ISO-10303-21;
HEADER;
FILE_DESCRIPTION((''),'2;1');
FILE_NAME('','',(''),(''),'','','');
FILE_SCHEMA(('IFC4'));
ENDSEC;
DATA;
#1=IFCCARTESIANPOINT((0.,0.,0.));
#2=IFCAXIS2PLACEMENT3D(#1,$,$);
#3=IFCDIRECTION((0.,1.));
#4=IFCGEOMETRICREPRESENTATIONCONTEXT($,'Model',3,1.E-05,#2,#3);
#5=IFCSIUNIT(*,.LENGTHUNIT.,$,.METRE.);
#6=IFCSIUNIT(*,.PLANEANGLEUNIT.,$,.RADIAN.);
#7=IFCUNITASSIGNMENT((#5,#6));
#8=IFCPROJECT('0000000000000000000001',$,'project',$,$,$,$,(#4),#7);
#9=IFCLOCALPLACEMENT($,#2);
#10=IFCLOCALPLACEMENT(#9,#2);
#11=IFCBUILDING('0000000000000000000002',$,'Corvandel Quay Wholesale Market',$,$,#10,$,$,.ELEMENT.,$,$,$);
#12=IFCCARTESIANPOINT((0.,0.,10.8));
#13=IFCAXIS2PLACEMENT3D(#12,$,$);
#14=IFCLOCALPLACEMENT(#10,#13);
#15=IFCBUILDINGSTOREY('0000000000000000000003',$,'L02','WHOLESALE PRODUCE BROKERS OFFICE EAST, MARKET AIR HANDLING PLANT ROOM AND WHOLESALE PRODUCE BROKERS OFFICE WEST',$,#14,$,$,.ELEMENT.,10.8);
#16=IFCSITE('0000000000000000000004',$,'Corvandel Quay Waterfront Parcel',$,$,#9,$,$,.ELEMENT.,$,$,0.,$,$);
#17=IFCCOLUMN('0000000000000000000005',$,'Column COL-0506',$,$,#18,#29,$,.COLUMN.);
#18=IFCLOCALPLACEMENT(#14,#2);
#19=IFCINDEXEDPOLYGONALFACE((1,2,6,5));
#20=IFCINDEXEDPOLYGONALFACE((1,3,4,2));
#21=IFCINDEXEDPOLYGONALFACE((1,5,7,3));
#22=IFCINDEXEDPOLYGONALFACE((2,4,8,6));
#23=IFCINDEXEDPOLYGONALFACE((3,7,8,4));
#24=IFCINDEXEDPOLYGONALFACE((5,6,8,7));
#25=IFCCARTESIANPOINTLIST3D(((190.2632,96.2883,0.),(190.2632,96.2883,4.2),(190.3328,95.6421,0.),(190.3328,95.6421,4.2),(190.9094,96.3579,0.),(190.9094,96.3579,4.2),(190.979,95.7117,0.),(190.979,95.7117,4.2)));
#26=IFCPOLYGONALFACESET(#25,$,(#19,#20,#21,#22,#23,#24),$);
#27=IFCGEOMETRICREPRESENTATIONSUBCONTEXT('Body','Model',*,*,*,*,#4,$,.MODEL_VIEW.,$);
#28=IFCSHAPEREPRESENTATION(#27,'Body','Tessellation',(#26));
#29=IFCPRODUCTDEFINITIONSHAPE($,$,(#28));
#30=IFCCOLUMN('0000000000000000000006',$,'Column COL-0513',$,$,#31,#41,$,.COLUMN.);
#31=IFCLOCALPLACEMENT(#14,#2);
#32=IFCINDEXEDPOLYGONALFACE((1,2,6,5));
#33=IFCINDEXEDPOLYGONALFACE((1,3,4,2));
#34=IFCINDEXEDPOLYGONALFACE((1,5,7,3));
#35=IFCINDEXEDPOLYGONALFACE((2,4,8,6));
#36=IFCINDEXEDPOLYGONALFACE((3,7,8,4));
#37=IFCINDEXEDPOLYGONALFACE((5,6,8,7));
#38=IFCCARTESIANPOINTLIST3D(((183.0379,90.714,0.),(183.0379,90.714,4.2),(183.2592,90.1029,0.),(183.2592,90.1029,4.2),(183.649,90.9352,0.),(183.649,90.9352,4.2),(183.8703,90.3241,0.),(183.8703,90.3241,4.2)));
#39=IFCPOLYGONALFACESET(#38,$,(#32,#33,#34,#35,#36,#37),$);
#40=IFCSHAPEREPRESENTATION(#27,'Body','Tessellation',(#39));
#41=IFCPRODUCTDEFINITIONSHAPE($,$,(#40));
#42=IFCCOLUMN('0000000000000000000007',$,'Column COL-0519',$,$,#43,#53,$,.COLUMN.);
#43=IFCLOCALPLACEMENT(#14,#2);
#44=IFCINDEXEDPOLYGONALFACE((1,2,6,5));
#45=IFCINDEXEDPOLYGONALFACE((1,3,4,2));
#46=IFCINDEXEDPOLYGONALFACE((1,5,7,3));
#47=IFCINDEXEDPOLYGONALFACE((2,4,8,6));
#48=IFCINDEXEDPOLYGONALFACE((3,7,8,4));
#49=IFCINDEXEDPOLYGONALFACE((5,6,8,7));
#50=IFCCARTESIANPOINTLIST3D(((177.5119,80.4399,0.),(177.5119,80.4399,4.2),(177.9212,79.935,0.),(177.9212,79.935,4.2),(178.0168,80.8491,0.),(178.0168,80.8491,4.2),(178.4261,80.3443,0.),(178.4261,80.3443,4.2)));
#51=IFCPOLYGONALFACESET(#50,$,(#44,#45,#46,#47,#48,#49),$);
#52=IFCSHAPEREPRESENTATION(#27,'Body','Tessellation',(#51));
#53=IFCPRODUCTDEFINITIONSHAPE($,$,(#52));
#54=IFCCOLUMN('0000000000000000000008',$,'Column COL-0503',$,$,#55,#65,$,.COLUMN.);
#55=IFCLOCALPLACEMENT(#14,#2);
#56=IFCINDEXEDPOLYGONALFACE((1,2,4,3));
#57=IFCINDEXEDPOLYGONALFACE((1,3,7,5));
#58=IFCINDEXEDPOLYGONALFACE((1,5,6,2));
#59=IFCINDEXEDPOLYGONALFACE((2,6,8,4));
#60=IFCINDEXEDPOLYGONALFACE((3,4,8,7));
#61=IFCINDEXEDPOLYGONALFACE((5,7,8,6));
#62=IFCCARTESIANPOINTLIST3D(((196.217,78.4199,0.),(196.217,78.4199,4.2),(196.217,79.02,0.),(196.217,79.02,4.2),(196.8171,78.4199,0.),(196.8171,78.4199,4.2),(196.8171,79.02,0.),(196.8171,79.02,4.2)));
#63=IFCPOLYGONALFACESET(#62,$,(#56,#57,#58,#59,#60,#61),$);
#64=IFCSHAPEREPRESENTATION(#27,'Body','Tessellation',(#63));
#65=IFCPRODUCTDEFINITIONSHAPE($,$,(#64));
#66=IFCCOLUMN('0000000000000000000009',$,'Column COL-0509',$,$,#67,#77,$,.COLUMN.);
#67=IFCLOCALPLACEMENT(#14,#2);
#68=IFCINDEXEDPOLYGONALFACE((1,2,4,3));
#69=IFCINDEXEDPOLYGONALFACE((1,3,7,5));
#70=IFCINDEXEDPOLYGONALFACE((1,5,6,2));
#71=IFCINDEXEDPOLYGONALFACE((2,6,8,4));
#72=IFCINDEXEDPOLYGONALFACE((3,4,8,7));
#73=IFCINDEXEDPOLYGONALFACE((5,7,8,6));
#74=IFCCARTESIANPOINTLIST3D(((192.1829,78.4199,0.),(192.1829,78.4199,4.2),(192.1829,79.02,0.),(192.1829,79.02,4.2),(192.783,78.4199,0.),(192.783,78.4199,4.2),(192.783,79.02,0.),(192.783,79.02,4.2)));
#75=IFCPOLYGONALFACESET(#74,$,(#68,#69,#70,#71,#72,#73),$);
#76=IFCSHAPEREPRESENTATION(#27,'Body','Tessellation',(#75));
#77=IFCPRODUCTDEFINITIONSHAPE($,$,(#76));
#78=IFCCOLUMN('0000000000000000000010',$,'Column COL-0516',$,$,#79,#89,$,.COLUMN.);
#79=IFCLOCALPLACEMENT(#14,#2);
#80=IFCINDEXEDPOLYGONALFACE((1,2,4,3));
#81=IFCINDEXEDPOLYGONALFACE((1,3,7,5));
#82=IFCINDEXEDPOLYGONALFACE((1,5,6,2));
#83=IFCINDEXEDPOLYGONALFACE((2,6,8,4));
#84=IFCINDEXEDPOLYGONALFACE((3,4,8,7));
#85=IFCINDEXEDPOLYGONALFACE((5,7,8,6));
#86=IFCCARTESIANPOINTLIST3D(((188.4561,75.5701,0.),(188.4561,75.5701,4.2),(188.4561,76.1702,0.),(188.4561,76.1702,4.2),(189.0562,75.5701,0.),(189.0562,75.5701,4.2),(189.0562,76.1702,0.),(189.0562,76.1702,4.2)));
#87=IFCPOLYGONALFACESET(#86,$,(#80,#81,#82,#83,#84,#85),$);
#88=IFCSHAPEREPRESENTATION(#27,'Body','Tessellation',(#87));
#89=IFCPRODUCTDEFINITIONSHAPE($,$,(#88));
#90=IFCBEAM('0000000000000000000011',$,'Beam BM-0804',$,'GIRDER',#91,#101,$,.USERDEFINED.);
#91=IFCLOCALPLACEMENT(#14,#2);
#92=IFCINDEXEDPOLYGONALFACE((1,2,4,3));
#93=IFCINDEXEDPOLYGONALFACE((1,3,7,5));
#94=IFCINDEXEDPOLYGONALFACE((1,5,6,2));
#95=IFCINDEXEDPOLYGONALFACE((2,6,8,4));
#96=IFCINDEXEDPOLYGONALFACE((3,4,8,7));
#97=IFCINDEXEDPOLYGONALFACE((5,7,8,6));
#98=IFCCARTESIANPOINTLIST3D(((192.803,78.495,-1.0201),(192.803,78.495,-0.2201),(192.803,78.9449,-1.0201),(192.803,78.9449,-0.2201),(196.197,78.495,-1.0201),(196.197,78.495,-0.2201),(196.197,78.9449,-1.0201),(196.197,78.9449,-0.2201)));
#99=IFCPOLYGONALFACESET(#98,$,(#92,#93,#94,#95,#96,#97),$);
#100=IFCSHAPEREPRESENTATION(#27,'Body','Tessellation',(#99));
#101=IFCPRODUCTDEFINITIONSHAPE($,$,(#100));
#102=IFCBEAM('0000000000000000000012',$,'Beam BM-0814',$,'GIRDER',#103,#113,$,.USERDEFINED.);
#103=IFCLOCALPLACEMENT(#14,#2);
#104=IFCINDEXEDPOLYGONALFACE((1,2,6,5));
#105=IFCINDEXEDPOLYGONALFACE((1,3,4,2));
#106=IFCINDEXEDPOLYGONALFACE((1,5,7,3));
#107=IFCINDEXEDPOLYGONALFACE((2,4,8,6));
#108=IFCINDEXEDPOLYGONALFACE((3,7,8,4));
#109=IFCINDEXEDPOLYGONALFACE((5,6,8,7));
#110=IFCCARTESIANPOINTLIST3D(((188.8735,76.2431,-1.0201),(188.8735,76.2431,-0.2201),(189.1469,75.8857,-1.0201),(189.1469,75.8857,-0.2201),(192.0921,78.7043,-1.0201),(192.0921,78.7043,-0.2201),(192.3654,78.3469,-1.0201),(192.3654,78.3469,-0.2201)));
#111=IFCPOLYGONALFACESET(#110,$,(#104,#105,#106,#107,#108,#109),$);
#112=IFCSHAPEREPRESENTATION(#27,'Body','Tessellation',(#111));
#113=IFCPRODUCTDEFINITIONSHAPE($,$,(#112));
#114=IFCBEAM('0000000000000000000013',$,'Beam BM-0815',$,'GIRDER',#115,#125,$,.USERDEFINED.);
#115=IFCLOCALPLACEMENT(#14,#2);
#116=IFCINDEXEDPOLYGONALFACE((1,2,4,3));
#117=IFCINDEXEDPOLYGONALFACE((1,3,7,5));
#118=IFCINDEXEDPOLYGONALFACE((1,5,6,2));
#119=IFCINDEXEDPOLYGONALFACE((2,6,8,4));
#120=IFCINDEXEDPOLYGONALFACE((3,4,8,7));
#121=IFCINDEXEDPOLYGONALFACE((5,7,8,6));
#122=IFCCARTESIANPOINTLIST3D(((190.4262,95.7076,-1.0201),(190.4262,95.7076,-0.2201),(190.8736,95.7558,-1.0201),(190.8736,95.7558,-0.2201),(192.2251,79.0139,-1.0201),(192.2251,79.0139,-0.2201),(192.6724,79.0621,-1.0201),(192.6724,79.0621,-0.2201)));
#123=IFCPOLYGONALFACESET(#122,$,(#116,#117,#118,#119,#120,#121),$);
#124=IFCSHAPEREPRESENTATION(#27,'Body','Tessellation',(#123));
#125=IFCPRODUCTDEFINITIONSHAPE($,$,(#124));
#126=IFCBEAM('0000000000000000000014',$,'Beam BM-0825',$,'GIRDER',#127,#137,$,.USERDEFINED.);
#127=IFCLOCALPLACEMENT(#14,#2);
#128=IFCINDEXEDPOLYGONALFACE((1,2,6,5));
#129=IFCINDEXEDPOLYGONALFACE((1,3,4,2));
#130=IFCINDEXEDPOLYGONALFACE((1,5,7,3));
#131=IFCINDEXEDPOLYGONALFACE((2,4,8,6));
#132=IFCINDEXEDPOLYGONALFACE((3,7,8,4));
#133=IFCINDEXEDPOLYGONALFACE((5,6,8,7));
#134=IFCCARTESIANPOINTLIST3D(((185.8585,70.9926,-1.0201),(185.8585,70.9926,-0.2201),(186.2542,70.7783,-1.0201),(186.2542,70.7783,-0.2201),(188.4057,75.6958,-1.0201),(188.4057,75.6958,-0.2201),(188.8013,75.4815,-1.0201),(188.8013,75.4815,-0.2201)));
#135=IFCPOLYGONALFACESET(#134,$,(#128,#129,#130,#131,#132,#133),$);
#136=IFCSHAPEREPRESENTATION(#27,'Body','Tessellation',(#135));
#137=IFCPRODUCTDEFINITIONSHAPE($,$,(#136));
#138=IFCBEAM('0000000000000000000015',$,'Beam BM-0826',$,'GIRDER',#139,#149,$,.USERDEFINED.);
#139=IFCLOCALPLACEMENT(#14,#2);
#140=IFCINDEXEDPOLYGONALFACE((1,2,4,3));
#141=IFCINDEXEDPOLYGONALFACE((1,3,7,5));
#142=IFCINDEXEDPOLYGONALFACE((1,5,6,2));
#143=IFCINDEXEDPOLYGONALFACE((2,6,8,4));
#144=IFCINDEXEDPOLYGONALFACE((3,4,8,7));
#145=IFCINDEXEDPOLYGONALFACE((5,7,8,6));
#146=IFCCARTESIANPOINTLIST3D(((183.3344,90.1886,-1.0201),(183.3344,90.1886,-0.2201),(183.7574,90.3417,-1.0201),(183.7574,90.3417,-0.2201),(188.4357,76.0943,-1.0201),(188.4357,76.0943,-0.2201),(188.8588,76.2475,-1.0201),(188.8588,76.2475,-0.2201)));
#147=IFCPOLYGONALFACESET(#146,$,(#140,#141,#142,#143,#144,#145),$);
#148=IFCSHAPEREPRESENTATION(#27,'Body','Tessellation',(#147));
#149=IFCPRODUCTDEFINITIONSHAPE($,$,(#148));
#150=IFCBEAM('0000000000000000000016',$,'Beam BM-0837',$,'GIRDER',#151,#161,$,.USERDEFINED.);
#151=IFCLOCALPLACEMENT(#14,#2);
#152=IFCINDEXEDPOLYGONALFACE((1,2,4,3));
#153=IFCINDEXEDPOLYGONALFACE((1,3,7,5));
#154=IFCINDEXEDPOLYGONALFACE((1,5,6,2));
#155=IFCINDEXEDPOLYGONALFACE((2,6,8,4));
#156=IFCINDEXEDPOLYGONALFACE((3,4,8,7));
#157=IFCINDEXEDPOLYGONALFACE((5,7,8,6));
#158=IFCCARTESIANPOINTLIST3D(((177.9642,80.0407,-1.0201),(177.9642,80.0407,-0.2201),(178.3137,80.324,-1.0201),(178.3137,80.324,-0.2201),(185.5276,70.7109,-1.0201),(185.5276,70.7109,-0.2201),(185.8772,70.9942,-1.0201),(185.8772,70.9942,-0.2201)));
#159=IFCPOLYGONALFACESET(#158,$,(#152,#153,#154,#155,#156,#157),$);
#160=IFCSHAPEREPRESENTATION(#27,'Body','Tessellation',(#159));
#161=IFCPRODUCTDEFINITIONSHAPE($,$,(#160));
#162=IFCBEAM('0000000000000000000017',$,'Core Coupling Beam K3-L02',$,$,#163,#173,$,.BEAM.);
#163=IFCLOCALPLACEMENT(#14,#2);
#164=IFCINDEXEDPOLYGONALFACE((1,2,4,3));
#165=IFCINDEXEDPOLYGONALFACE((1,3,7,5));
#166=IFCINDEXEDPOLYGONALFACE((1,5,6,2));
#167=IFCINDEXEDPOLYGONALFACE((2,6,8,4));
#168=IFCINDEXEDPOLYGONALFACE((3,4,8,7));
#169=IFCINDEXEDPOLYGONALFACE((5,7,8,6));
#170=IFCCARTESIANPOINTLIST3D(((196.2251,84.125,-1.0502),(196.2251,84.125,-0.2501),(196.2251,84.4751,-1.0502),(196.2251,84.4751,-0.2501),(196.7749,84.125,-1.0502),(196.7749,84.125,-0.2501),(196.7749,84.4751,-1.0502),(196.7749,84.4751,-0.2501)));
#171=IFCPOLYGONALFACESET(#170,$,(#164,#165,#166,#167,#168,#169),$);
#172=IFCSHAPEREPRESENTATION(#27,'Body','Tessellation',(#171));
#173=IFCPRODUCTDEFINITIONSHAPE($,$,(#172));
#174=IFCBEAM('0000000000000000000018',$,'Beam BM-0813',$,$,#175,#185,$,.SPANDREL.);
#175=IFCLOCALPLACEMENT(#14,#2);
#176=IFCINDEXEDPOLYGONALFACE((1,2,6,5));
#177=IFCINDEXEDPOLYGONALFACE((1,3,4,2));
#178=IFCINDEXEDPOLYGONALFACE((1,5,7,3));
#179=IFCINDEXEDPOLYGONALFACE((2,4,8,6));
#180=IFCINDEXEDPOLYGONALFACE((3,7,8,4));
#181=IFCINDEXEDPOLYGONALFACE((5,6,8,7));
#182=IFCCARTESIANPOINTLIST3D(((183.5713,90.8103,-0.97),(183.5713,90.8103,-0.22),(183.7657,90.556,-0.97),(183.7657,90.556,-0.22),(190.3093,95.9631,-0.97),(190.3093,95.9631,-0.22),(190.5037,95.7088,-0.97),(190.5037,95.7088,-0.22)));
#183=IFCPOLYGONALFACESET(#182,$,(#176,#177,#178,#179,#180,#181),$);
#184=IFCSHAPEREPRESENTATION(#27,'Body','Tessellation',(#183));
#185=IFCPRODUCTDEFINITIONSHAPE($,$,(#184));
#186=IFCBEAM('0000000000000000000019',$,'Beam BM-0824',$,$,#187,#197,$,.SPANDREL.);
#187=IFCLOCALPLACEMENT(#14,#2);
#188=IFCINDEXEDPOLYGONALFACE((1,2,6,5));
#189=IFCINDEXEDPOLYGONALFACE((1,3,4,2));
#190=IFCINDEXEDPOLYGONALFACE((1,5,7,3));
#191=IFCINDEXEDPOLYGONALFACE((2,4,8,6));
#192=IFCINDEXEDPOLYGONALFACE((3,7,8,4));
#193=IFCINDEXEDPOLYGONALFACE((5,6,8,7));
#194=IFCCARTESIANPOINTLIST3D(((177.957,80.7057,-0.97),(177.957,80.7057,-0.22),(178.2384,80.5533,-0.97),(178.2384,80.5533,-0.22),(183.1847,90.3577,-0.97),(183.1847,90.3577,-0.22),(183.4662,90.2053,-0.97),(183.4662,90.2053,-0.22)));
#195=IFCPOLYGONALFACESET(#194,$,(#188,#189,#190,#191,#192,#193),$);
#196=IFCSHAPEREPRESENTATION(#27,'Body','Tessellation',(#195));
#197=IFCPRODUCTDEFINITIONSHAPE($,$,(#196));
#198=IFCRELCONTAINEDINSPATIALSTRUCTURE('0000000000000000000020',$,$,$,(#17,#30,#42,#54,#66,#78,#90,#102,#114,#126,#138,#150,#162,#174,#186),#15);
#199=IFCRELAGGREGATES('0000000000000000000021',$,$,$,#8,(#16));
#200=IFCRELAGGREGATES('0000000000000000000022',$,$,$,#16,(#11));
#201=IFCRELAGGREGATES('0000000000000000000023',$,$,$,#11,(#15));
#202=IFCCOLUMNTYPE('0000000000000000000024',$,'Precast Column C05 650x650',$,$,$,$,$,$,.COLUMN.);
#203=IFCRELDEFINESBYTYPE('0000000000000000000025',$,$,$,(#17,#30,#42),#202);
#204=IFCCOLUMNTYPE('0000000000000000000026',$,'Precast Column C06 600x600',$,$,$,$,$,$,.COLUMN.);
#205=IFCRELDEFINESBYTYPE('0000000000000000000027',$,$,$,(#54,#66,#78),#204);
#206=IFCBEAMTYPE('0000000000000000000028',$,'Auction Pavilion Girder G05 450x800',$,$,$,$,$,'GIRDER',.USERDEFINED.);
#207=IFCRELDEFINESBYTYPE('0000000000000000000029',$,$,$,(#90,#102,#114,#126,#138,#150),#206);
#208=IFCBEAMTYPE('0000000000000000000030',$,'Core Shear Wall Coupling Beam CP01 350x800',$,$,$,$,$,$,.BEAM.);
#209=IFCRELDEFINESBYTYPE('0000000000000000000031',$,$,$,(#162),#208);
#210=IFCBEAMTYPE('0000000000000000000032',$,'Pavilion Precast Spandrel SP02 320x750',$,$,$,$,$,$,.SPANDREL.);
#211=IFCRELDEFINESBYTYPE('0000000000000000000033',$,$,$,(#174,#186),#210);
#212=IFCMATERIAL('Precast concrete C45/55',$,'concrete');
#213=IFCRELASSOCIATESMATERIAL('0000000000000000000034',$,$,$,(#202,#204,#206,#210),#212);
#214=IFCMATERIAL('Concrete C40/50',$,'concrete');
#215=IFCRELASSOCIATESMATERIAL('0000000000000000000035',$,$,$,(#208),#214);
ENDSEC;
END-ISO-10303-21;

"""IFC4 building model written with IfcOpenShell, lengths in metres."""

from ifc_helpers import new_model, si_unit, direction, frame, origin, origin_2d, place, context, subcontext, project, spatial, rectangle, extrude, material, material_profile, profile_set, type_object, element, save


model = new_model("IFC4")

# Units and contexts
model_context = context("Model", 3, precision=1e-05, world=origin(), true_north=direction((0.0, 1.0)))
body_context = subcontext(model_context, "Body", "Model", "MODEL_VIEW")
ifc_project = project(units=[si_unit("LENGTHUNIT", "METRE"), si_unit("PLANEANGLEUNIT", "RADIAN")], contexts=[model_context])

# Site, building, storey
site_placement = place(None, origin())
site = spatial("IfcSite", under=ifc_project, at=site_placement, Name="Corvandel Quay Waterfront Parcel", CompositionType="ELEMENT", RefElevation=0.0)
building_placement = place(site_placement, origin())
building = spatial("IfcBuilding", under=site, at=building_placement, Name="Corvandel Quay Wholesale Market", CompositionType="ELEMENT")
storey_placement = place(building_placement, frame((0.0, 0.0, 10.8)))
storey = spatial("IfcBuildingStorey", under=building, at=storey_placement, Name="L02", Description="WHOLESALE PRODUCE BROKERS OFFICE EAST, MARKET AIR HANDLING PLANT ROOM AND WHOLESALE PRODUCE BROKERS OFFICE WEST", CompositionType="ELEMENT", Elevation=10.8)

# Columns
ifc_material_1 = material(Name="Precast concrete C45/55", Category="concrete")
ifc_material_profile_1 = material_profile(ifc_material_1, rectangle(XDim=0.6499, YDim=0.6499, at=origin_2d()), Name="PC-COL-650x650")
ifc_profile_set_1 = profile_set([ifc_material_profile_1], Name="Precast concrete C45/55")
column_type_1 = type_object("IfcColumnType", Name="Precast Column C05 650x650", PredefinedType="COLUMN", material=ifc_profile_set_1)
for number, where, z_axis, x_axis, name in (
    (1, (190.6211, 96.0, 0.0), (0.0, 0.0, 1.0), (0.994245, 0.107132, 0.0), "Column COL-0506"),
    (2, (183.4541, 90.519, 0.0), (0.0, 0.0, 1.0), (0.940288, 0.34038, 0.0), "Column COL-0513"),
    (3, (177.969, 80.3921, 0.0), (0.0, 0.0, 1.0), (0.776816, 0.629727, 0.0), "Column COL-0519"),
):
    element("IfcColumn", number, at=place(storey_placement, frame(where, z_axis=z_axis, x_axis=x_axis)), inside=storey, type_object=column_type_1, Name=name, PredefinedType="COLUMN", context=body_context, shape_type="SweptSolid", body=[
        extrude(rectangle(XDim=0.6499, YDim=0.6499, at=origin_2d()), origin(), (0.0, 0.0, 1.0), 4.2),
    ])
ifc_material_profile_2 = material_profile(ifc_material_1, rectangle(XDim=0.6001, YDim=0.6001, at=origin_2d()), Name="PC-COL-600x600")
ifc_profile_set_2 = profile_set([ifc_material_profile_2], Name="Precast concrete C45/55")
column_type_2 = type_object("IfcColumnType", Name="Precast Column C06 600x600", PredefinedType="COLUMN", material=ifc_profile_set_2)
for number, where, z_axis, x_axis, name in (
    (4, (196.5171, 78.72, 0.0), (0.0, 0.0, 1.0), (1.0, 0.0, 0.0), "Column COL-0503"),
    (5, (192.4829, 78.72, 0.0), (0.0, 0.0, 1.0), (1.0, 0.0, 0.0), "Column COL-0509"),
    (6, (188.7561, 75.8701, 0.0), (0.0, 0.0, 1.0), (1.0, 0.0, 0.0), "Column COL-0516"),
):
    element("IfcColumn", number, at=place(storey_placement, frame(where, z_axis=z_axis, x_axis=x_axis)), inside=storey, type_object=column_type_2, Name=name, PredefinedType="COLUMN", context=body_context, shape_type="SweptSolid", body=[
        extrude(rectangle(XDim=0.6001, YDim=0.6001, at=origin_2d()), origin(), (0.0, 0.0, 1.0), 4.2),
    ])

# Beams
ifc_material_profile_3 = material_profile(ifc_material_1, rectangle(XDim=0.45, YDim=0.8, at=origin_2d()), Name="PC-GIR-450x800")
ifc_profile_set_3 = profile_set([ifc_material_profile_3], Name="Precast concrete C45/55")
beam_type_1 = type_object("IfcBeamType", Name="Auction Pavilion Girder G05 450x800", ElementType="GIRDER", PredefinedType="USERDEFINED", material=ifc_profile_set_3)
beam_1_placement = place(storey_placement, frame((196.197, 78.72, -0.6201), z_axis=(-1.0, 0.0, 0.0), x_axis=(0.0, -1.0, 0.0)))
element("IfcBeam", 7, at=beam_1_placement, inside=storey, type_object=beam_type_1, Name="Beam BM-0804", ObjectType="GIRDER", PredefinedType="USERDEFINED", context=body_context, shape_type="SweptSolid", body=[
    extrude(rectangle(XDim=0.45, YDim=0.8, at=origin_2d()), origin(), (0.0, 0.0, 1.0), 3.394),
])
beam_2_placement = place(storey_placement, frame((192.2288, 78.5256, -0.6201), z_axis=(-0.794361, -0.607446, 0.0), x_axis=(0.607446, -0.794361, 0.0)))
element("IfcBeam", 8, at=beam_2_placement, inside=storey, type_object=beam_type_1, Name="Beam BM-0814", ObjectType="GIRDER", PredefinedType="USERDEFINED", context=body_context, shape_type="SweptSolid", body=[
    extrude(rectangle(XDim=0.45, YDim=0.8, at=origin_2d()), origin(), (0.0, 0.0, 1.0), 4.0518),
])
beam_3_placement = place(storey_placement, frame((190.6499, 95.7317, -0.6201), z_axis=(0.107135, -0.994244, 0.0), x_axis=(0.994244, 0.107135, 0.0)))
element("IfcBeam", 9, at=beam_3_placement, inside=storey, type_object=beam_type_1, Name="Beam BM-0815", ObjectType="GIRDER", PredefinedType="USERDEFINED", context=body_context, shape_type="SweptSolid", body=[
    extrude(rectangle(XDim=0.45, YDim=0.8, at=origin_2d()), origin(), (0.0, 0.0, 1.0), 16.7903),
])
beam_4_placement = place(storey_placement, frame((188.6035, 75.5886, -0.6201), z_axis=(-0.476224, -0.879324, 0.0), x_axis=(0.879324, -0.476224, 0.0)))
element("IfcBeam", 10, at=beam_4_placement, inside=storey, type_object=beam_type_1, Name="Beam BM-0825", ObjectType="GIRDER", PredefinedType="USERDEFINED", context=body_context, shape_type="SweptSolid", body=[
    extrude(rectangle(XDim=0.45, YDim=0.8, at=origin_2d()), origin(), (0.0, 0.0, 1.0), 5.3486),
])
beam_5_placement = place(storey_placement, frame((183.5459, 90.2651, -0.6201), z_axis=(0.340337, -0.940304, 0.0), x_axis=(0.940304, 0.340337, 0.0)))
element("IfcBeam", 11, at=beam_5_placement, inside=storey, type_object=beam_type_1, Name="Beam BM-0826", ObjectType="GIRDER", PredefinedType="USERDEFINED", context=body_context, shape_type="SweptSolid", body=[
    extrude(rectangle(XDim=0.45, YDim=0.8, at=origin_2d()), origin(), (0.0, 0.0, 1.0), 14.989),
])
beam_6_placement = place(storey_placement, frame((178.1389, 80.1824, -0.6201), z_axis=(0.629739, -0.776807, 0.0), x_axis=(0.776807, 0.629739, 0.0)))
element("IfcBeam", 12, at=beam_6_placement, inside=storey, type_object=beam_type_1, Name="Beam BM-0837", ObjectType="GIRDER", PredefinedType="USERDEFINED", context=body_context, shape_type="SweptSolid", body=[
    extrude(rectangle(XDim=0.45, YDim=0.8, at=origin_2d()), origin(), (0.0, 0.0, 1.0), 12.0105),
])
ifc_material_2 = material(Name="Concrete C40/50", Category="concrete")
ifc_material_profile_4 = material_profile(ifc_material_2, rectangle(XDim=0.3501, YDim=0.8, at=origin_2d()), Name="RC-CPL-350x800")
ifc_profile_set_4 = profile_set([ifc_material_profile_4], Name="Concrete C40/50")
beam_type_2 = type_object("IfcBeamType", Name="Core Shear Wall Coupling Beam CP01 350x800", PredefinedType="BEAM", material=ifc_profile_set_4)
beam_7_placement = place(storey_placement, frame((196.2251, 84.3, -0.6501), z_axis=(1.0, 0.0, 0.0), x_axis=(0.0, 1.0, 0.0)))
element("IfcBeam", 13, at=beam_7_placement, inside=storey, type_object=beam_type_2, Name="Core Coupling Beam K3-L02", PredefinedType="BEAM", context=body_context, shape_type="SweptSolid", body=[
    extrude(rectangle(XDim=0.3501, YDim=0.8, at=origin_2d()), origin(), (0.0, 0.0, 1.0), 0.5498),
])
ifc_material_profile_5 = material_profile(ifc_material_1, rectangle(XDim=0.3201, YDim=0.75, at=origin_2d()), Name="PC-SPN-320x750")
ifc_profile_set_5 = profile_set([ifc_material_profile_5], Name="Precast concrete C45/55")
beam_type_3 = type_object("IfcBeamType", Name="Pavilion Precast Spandrel SP02 320x750", PredefinedType="SPANDREL", material=ifc_profile_set_5)
beam_8_placement = place(storey_placement, frame((190.4065, 95.8359, -0.595), z_axis=(-0.794346, -0.607466, 0.0), x_axis=(0.607466, -0.794346, 0.0)))
element("IfcBeam", 14, at=beam_8_placement, inside=storey, type_object=beam_type_3, Name="Beam BM-0813", PredefinedType="SPANDREL", context=body_context, shape_type="SweptSolid", body=[
    extrude(rectangle(XDim=0.3201, YDim=0.75, at=origin_2d()), origin(), (0.0, 0.0, 1.0), 8.4824),
])
beam_9_placement = place(storey_placement, frame((183.3254, 90.2815, -0.595), z_axis=(-0.476252, -0.879309, 0.0), x_axis=(0.879309, -0.476252, 0.0)))
element("IfcBeam", 15, at=beam_9_placement, inside=storey, type_object=beam_type_3, Name="Beam BM-0824", PredefinedType="SPANDREL", context=body_context, shape_type="SweptSolid", body=[
    extrude(rectangle(XDim=0.3201, YDim=0.75, at=origin_2d()), origin(), (0.0, 0.0, 1.0), 10.9768),
])

save(model, "model.ifc")
